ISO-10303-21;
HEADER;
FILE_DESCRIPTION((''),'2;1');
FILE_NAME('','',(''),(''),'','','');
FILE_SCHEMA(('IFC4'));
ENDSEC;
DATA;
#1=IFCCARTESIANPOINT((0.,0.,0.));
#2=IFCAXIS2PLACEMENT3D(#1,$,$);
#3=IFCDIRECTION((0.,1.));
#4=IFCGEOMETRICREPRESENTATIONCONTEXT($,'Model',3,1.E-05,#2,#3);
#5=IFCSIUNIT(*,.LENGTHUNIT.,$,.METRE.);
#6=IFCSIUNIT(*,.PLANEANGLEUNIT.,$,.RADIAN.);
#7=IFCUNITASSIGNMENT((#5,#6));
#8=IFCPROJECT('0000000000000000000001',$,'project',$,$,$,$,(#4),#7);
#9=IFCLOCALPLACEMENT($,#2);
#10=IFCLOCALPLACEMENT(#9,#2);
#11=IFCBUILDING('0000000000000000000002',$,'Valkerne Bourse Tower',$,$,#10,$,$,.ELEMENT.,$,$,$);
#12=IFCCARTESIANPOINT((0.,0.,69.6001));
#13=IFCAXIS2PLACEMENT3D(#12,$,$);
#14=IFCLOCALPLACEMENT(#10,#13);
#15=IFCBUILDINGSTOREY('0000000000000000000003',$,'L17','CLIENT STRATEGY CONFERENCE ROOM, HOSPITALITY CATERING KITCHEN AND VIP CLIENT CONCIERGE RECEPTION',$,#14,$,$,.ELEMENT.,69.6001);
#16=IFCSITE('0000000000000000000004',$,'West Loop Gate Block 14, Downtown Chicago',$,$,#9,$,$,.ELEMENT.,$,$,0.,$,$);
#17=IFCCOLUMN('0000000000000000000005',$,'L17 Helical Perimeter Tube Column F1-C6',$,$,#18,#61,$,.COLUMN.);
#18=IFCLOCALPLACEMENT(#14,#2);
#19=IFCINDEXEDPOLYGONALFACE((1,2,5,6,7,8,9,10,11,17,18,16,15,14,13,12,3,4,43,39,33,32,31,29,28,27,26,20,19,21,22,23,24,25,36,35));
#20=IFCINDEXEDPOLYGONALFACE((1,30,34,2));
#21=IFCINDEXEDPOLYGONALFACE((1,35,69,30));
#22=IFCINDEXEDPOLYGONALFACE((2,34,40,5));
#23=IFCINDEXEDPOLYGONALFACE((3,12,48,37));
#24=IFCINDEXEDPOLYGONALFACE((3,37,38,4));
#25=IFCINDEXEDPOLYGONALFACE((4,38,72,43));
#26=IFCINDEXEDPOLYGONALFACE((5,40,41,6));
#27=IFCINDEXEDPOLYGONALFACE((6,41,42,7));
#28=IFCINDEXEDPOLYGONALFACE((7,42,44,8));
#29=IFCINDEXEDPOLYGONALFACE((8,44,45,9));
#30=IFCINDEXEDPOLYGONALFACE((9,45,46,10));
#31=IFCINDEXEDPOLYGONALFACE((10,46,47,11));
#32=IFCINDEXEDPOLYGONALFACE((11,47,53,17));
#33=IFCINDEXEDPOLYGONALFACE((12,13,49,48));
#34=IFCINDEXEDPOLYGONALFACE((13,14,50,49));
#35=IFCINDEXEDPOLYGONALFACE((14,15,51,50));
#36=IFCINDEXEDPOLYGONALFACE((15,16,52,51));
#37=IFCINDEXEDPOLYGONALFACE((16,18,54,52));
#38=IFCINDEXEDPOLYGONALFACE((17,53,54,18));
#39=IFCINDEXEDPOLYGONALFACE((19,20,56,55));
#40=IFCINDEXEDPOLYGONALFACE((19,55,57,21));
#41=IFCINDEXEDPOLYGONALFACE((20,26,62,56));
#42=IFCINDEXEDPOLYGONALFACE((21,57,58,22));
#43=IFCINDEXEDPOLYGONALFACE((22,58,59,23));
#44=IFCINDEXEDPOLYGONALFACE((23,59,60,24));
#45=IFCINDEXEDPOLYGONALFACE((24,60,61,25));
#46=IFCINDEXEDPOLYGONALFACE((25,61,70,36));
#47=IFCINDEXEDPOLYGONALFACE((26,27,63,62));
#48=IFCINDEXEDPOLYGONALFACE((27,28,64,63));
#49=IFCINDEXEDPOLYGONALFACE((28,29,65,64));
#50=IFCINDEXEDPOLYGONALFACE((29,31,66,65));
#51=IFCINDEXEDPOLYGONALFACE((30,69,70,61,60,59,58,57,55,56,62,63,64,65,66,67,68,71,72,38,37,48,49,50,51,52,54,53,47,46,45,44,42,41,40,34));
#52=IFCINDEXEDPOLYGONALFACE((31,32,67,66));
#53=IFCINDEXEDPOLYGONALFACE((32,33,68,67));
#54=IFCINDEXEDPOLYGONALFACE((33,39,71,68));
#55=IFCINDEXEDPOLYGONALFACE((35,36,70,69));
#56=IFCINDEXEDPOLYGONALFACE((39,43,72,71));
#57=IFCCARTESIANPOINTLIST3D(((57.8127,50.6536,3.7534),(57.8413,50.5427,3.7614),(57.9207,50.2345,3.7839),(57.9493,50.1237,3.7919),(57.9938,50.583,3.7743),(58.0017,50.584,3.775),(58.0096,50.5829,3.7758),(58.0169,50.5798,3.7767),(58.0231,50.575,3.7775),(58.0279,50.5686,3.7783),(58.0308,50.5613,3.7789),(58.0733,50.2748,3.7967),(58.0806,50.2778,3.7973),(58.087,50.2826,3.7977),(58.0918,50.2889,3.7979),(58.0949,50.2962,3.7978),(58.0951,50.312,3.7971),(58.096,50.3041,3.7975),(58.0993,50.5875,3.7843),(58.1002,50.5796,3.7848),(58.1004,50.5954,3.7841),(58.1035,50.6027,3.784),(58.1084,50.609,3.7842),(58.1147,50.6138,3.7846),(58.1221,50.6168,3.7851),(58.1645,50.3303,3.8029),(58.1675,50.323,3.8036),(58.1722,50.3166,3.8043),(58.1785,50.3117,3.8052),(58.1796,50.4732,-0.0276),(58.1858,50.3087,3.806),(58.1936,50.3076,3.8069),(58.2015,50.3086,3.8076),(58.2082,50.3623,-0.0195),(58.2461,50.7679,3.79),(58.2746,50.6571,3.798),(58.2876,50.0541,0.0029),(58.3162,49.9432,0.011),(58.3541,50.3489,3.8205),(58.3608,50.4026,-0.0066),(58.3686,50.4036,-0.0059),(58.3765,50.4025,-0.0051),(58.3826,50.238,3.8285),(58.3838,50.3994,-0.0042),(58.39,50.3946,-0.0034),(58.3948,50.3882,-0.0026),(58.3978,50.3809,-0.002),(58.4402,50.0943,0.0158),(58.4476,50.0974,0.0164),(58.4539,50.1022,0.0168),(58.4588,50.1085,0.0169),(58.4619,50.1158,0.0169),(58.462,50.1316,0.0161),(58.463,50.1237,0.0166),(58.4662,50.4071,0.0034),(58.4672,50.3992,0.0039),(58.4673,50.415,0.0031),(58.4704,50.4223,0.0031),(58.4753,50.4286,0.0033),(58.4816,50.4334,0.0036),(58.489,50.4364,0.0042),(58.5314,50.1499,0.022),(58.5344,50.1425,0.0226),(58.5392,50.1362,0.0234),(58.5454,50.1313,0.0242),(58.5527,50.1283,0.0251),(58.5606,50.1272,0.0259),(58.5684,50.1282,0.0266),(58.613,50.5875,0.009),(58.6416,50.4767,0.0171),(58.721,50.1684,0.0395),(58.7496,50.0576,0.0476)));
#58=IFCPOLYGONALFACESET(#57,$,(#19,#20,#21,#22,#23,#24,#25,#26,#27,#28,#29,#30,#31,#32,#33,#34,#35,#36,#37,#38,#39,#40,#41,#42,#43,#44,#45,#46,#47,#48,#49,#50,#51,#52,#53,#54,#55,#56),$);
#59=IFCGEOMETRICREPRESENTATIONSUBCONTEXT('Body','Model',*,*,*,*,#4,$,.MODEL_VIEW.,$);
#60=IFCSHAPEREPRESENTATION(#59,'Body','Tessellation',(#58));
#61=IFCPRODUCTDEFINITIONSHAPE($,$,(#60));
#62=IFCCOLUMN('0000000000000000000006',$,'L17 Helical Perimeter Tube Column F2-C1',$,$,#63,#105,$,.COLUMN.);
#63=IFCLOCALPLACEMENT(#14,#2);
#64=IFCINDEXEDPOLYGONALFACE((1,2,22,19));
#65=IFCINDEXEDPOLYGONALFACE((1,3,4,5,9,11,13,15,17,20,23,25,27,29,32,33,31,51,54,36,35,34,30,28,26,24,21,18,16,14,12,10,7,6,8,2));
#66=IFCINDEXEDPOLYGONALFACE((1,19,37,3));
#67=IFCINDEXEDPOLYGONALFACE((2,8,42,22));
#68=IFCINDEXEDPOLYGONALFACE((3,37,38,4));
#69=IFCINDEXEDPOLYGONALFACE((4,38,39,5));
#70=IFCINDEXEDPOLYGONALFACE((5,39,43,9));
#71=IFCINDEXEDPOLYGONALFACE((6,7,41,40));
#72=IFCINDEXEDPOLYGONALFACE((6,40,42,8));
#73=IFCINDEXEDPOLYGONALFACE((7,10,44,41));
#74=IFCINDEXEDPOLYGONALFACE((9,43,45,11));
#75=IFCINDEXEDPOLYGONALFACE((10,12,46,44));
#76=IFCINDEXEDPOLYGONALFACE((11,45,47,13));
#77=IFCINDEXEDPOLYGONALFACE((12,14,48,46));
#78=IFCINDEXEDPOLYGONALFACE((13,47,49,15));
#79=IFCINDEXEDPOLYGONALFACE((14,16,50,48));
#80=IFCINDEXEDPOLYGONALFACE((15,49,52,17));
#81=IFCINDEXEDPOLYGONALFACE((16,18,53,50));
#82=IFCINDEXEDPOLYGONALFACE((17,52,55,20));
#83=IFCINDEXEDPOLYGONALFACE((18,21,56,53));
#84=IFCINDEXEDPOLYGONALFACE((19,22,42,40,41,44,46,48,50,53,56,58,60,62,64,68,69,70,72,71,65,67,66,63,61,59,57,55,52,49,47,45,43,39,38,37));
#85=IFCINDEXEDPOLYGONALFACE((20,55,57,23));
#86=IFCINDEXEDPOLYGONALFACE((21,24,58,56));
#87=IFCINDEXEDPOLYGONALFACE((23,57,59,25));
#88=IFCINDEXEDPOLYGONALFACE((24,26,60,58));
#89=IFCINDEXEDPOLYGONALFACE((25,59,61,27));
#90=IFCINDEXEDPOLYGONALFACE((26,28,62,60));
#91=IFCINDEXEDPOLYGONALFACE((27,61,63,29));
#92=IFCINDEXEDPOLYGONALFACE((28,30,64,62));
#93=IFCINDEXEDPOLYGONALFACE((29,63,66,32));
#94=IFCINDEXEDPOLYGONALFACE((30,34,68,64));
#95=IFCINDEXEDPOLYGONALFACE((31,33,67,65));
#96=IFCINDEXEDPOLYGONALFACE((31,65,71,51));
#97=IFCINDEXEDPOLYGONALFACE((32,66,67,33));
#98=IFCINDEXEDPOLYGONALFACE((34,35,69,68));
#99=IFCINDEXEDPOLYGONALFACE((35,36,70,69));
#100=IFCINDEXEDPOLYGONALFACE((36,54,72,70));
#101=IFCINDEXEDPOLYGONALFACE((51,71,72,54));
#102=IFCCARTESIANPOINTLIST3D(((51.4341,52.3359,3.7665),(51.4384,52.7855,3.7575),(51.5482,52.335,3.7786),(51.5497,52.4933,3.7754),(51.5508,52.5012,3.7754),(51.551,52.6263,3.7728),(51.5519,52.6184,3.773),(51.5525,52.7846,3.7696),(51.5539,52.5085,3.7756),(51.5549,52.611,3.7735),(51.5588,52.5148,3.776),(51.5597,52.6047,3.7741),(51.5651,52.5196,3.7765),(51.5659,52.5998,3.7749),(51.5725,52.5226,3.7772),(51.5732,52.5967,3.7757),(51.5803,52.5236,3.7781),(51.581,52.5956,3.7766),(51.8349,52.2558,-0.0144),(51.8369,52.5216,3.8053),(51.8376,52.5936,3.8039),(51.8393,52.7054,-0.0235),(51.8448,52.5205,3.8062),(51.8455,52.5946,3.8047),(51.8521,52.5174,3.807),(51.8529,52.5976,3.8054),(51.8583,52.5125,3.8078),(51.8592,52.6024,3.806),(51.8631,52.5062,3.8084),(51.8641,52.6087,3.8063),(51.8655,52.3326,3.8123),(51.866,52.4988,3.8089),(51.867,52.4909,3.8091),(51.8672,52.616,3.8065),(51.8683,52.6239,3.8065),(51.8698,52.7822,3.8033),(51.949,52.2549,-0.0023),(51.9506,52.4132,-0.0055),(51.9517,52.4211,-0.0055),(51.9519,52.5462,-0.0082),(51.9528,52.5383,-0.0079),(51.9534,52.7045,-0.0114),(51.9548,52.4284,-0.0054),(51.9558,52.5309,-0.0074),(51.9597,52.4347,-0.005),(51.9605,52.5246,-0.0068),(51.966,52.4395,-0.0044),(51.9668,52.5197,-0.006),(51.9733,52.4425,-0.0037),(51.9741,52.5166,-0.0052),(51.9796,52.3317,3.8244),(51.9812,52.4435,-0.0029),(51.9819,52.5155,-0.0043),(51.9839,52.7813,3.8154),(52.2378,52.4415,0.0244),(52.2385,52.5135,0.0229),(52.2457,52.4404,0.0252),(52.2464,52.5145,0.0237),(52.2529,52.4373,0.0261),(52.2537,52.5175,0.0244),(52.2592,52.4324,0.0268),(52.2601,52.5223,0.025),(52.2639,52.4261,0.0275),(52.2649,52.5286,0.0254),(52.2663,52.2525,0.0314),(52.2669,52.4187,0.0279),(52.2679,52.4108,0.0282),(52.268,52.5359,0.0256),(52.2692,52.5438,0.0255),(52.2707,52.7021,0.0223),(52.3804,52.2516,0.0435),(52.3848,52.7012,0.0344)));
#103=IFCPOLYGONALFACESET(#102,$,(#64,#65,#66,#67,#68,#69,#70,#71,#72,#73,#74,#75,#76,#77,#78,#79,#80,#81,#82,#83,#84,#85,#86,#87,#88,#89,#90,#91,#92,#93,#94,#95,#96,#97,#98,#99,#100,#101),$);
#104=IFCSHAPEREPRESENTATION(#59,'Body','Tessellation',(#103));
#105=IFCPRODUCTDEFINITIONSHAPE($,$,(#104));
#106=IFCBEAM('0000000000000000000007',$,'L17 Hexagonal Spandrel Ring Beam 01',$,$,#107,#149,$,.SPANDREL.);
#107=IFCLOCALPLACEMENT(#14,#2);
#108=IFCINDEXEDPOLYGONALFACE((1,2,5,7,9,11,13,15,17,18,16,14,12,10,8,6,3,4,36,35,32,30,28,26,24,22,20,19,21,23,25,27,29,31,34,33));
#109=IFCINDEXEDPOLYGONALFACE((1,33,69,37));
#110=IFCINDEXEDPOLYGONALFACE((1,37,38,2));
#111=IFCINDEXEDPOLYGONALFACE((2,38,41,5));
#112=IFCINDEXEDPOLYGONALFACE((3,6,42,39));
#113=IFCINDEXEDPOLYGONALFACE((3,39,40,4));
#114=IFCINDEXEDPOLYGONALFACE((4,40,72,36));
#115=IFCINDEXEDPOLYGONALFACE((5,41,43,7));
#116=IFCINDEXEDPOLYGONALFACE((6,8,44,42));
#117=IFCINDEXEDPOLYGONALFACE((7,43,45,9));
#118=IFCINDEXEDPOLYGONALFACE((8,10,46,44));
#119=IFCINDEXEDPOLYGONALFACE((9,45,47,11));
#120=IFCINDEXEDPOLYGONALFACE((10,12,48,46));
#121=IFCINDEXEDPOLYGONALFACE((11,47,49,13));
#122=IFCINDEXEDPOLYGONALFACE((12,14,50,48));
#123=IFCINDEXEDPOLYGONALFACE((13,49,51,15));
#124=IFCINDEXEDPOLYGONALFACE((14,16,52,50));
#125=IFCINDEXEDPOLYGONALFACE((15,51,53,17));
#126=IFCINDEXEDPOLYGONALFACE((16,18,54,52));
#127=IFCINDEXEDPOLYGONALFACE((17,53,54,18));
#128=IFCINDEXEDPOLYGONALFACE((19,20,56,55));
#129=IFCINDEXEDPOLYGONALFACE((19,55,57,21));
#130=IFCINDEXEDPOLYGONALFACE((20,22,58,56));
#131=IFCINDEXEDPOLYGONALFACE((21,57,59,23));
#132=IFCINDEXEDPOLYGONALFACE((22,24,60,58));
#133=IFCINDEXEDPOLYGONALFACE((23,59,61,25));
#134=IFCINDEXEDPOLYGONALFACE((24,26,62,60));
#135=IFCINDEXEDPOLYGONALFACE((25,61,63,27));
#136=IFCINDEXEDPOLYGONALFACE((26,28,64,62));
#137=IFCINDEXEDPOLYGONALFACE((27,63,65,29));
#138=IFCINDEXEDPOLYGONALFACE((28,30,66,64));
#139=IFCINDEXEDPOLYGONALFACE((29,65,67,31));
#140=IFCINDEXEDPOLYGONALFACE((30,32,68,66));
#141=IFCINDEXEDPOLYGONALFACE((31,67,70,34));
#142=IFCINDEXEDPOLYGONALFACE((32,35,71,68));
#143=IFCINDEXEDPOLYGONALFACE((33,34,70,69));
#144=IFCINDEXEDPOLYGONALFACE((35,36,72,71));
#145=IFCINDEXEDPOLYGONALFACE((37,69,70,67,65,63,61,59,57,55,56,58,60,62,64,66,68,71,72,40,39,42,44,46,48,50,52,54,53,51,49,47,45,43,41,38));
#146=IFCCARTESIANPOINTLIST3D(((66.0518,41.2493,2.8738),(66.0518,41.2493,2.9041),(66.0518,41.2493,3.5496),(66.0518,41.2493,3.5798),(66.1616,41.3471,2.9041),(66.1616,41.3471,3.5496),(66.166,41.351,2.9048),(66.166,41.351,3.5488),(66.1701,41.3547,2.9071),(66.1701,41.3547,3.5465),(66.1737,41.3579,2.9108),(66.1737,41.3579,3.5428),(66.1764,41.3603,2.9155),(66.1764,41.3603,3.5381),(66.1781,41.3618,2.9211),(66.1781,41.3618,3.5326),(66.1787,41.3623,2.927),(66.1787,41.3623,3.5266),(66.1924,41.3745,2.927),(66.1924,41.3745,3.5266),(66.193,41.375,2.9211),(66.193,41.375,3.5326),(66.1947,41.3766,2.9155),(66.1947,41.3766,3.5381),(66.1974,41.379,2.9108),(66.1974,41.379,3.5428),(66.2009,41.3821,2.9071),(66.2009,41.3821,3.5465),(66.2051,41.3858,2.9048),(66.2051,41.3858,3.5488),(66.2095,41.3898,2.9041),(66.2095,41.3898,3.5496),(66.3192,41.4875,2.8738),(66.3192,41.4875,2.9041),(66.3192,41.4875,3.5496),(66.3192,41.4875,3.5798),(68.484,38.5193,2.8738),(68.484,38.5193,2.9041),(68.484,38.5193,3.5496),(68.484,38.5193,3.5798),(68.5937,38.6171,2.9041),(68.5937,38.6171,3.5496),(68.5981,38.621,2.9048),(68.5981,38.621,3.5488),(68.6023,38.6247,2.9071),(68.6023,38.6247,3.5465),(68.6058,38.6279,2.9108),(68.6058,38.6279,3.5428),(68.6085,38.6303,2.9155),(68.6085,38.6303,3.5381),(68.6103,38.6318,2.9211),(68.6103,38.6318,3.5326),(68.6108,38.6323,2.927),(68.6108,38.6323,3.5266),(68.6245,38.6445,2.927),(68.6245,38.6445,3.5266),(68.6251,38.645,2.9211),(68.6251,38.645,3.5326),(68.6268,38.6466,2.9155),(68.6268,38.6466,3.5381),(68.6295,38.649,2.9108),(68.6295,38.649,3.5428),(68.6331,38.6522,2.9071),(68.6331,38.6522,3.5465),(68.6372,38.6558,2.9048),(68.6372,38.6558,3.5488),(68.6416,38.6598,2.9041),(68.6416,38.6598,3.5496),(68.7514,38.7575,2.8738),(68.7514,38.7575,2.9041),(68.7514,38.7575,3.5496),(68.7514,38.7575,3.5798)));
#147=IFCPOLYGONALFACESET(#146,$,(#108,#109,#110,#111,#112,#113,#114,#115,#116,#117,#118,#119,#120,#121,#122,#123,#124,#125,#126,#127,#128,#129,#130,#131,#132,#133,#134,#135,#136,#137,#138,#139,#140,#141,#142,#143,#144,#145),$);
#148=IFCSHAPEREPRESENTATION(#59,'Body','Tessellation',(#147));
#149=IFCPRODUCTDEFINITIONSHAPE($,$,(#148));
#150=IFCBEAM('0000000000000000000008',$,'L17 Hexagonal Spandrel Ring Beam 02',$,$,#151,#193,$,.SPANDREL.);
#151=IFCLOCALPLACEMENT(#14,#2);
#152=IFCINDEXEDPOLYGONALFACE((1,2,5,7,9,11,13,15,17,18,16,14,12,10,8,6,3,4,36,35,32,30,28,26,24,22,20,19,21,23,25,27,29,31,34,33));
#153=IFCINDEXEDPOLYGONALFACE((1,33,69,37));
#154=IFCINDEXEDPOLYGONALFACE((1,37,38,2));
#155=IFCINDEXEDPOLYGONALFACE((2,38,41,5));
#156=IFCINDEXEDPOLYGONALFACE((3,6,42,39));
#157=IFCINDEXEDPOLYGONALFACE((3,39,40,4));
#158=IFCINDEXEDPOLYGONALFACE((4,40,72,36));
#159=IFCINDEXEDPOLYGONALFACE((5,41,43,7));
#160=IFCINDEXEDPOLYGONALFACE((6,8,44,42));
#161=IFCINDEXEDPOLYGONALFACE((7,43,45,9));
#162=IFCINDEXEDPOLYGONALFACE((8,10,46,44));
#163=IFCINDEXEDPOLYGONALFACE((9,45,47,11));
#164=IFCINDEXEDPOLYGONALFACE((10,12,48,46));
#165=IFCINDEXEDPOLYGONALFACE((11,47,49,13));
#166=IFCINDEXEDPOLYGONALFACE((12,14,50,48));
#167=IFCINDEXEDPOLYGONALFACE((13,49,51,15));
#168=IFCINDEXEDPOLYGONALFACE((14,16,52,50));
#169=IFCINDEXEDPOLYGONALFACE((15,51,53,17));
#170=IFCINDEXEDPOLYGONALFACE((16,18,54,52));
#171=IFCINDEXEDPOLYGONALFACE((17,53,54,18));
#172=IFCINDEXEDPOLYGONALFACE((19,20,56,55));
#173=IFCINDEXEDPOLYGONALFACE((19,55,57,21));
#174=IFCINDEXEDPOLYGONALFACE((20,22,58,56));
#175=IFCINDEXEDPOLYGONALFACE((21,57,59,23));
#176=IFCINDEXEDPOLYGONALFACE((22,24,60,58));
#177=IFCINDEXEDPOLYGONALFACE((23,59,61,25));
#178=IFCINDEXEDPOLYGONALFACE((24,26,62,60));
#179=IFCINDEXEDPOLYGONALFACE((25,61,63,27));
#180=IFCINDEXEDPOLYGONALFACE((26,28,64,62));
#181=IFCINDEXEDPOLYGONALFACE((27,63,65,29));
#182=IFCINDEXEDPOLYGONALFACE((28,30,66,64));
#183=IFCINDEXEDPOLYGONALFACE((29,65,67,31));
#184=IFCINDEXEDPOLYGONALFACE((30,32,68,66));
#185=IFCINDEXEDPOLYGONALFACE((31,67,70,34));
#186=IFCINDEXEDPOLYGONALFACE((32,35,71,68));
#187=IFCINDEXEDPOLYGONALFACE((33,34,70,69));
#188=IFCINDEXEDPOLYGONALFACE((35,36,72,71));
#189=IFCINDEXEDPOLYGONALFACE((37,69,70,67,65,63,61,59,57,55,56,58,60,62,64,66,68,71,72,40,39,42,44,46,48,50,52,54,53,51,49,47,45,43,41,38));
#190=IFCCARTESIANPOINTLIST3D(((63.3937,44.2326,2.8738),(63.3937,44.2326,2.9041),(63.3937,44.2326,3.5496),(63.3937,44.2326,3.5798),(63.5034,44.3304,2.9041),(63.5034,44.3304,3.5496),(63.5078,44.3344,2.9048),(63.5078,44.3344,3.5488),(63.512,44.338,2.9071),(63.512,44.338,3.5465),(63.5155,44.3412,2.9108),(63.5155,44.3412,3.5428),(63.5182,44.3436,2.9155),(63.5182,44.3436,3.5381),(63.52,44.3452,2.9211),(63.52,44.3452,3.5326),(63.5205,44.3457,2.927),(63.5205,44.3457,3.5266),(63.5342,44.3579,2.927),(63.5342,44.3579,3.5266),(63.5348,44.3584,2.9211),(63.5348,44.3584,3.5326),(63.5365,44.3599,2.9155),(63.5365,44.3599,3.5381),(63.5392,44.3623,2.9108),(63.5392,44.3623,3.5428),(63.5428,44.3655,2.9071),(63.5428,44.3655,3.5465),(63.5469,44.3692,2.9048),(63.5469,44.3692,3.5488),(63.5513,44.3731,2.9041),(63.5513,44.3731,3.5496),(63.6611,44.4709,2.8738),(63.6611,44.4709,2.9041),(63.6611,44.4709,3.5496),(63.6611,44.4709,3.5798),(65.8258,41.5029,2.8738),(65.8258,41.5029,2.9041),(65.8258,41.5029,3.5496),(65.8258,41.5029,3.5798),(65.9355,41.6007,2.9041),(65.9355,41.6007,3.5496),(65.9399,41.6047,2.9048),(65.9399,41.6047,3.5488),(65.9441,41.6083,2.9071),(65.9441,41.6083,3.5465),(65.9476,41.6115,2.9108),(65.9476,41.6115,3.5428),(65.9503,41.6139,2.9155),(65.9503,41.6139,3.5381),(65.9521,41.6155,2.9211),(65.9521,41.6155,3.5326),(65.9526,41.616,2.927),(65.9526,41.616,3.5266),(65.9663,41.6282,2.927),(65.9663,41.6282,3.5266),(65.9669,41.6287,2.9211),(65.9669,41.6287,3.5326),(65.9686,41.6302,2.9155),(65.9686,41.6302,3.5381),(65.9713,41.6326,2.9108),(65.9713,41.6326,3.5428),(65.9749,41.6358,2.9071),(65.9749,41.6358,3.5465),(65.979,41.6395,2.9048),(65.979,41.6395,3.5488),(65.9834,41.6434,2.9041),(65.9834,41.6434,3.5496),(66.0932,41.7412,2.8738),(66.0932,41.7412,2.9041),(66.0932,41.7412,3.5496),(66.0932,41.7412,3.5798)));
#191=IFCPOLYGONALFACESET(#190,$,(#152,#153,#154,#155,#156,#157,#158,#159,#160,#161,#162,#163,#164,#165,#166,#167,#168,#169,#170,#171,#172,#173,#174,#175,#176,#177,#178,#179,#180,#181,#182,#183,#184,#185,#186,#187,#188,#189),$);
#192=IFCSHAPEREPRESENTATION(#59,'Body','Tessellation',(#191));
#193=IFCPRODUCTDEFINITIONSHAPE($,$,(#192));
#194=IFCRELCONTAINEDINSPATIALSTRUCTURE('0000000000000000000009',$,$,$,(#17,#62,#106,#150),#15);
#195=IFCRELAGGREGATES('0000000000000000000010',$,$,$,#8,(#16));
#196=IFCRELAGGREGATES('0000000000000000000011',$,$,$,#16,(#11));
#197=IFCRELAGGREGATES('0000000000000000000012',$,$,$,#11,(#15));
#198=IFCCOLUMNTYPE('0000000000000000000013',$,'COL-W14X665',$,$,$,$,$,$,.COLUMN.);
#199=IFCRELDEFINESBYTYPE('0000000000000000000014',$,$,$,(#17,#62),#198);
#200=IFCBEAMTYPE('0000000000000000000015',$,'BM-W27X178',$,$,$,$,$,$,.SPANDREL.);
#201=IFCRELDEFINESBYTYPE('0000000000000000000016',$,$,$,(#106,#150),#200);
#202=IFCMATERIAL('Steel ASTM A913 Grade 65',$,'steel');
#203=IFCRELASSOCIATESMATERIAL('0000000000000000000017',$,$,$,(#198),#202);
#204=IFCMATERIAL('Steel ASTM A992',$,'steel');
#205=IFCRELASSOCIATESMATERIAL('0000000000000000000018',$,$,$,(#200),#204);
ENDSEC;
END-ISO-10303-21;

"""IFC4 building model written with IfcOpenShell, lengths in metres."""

from ifc_helpers import new_model, si_unit, direction, frame, origin, origin_2d, place, context, subcontext, project, spatial, i_section, extrude, material, material_profile, profile_set, type_object, element, save


model = new_model("IFC4")

# Units and contexts
model_context = context("Model", 3, precision=1e-05, world=origin(), true_north=direction((0.0, 1.0)))
body_context = subcontext(model_context, "Body", "Model", "MODEL_VIEW")
ifc_project = project(units=[si_unit("LENGTHUNIT", "METRE"), si_unit("PLANEANGLEUNIT", "RADIAN")], contexts=[model_context])

# Site, building, storey
site_placement = place(None, origin())
site = spatial("IfcSite", under=ifc_project, at=site_placement, Name="West Loop Gate Block 14, Downtown Chicago", CompositionType="ELEMENT", RefElevation=0.0)
building_placement = place(site_placement, origin())
building = spatial("IfcBuilding", under=site, at=building_placement, Name="Valkerne Bourse Tower", CompositionType="ELEMENT")
storey_placement = place(building_placement, frame((0.0, 0.0, 69.6001)))
storey = spatial("IfcBuildingStorey", under=building, at=storey_placement, Name="L17", Description="CLIENT STRATEGY CONFERENCE ROOM, HOSPITALITY CATERING KITCHEN AND VIP CLIENT CONCIERGE RECEPTION", CompositionType="ELEMENT", Elevation=69.6001)

# Columns
ifc_material_1 = material(Name="Steel ASTM A913 Grade 65", Category="steel")
ifc_material_profile_1 = material_profile(ifc_material_1, i_section(OverallWidth=0.4497, OverallDepth=0.5486, WebThickness=0.072, FlangeThickness=0.1147, FilletRadius=0.0305, at=origin_2d()), Name="W14X665")
ifc_profile_set_1 = profile_set([ifc_material_profile_1], Name="Steel ASTM A913 Grade 65")
column_type = type_object("IfcColumnType", Name="COL-W14X665", PredefinedType="COLUMN", material=ifc_profile_set_1)
for number, where, z_axis, x_axis, name in (
    (1, (58.4646, 50.2654, 0.01), (-0.096487, 0.047441, 0.994203), (0.963694, 0.2543, 0.081391), "L17 Helical Perimeter Tube Column F1-C6"),
    (2, (52.1099, 52.4785, 0.01), (-0.10541, 0.021056, 0.994206), (0.00973, 0.99975, -0.020142), "L17 Helical Perimeter Tube Column F2-C1"),
):
    element("IfcColumn", number, at=place(storey_placement, frame(where, z_axis=z_axis, x_axis=x_axis)), inside=storey, type_object=column_type, Name=name, PredefinedType="COLUMN", context=body_context, shape_type="SweptSolid", body=[
        extrude(i_section(OverallWidth=0.4497, OverallDepth=0.5486, WebThickness=0.072, FlangeThickness=0.1147, FilletRadius=0.0305, at=origin_2d()), origin(), (0.0, 0.0, 1.0), 3.803),
    ])

# Beams
ifc_material_2 = material(Name="Steel ASTM A992", Category="steel")
ifc_material_profile_2 = material_profile(ifc_material_2, i_section(OverallWidth=0.3582, OverallDepth=0.7061, WebThickness=0.0183, FlangeThickness=0.0303, FilletRadius=0.0229, at=origin_2d()), Name="W27X178")
ifc_profile_set_2 = profile_set([ifc_material_profile_2], Name="Steel ASTM A992")
beam_type = type_object("IfcBeamType", Name="BM-W27X178", PredefinedType="SPANDREL", material=ifc_profile_set_2)
beam_1_placement = place(storey_placement, frame((68.6177, 38.6384, 3.2268), z_axis=(-0.665201, 0.746665, 0.0), x_axis=(-0.746665, -0.665201, 0.0)))
element("IfcBeam", 3, at=beam_1_placement, inside=storey, type_object=beam_type, Name="L17 Hexagonal Spandrel Ring Beam 01", PredefinedType="SPANDREL", context=body_context, shape_type="SweptSolid", body=[
    extrude(i_section(OverallWidth=0.3582, OverallDepth=0.7061, WebThickness=0.0183, FlangeThickness=0.0303, FilletRadius=0.0229, at=origin_2d()), origin(), (0.0, 0.0, 1.0), 3.6562),
])
for number, where, z_axis, x_axis, name in (
    (4, (65.9595, 41.6221, 3.2268), (-0.665234, 0.746635, 0.0), (-0.746635, -0.665234, 0.0), "L17 Hexagonal Spandrel Ring Beam 02"),
):
    element("IfcBeam", number, at=place(storey_placement, frame(where, z_axis=z_axis, x_axis=x_axis)), inside=storey, type_object=beam_type, Name=name, PredefinedType="SPANDREL", context=body_context, shape_type="SweptSolid", body=[
        extrude(i_section(OverallWidth=0.3582, OverallDepth=0.7061, WebThickness=0.0183, FlangeThickness=0.0303, FilletRadius=0.0229, at=origin_2d()), origin(), (0.0, 0.0, 1.0), 3.656),
    ])

save(model, "model.ifc")
